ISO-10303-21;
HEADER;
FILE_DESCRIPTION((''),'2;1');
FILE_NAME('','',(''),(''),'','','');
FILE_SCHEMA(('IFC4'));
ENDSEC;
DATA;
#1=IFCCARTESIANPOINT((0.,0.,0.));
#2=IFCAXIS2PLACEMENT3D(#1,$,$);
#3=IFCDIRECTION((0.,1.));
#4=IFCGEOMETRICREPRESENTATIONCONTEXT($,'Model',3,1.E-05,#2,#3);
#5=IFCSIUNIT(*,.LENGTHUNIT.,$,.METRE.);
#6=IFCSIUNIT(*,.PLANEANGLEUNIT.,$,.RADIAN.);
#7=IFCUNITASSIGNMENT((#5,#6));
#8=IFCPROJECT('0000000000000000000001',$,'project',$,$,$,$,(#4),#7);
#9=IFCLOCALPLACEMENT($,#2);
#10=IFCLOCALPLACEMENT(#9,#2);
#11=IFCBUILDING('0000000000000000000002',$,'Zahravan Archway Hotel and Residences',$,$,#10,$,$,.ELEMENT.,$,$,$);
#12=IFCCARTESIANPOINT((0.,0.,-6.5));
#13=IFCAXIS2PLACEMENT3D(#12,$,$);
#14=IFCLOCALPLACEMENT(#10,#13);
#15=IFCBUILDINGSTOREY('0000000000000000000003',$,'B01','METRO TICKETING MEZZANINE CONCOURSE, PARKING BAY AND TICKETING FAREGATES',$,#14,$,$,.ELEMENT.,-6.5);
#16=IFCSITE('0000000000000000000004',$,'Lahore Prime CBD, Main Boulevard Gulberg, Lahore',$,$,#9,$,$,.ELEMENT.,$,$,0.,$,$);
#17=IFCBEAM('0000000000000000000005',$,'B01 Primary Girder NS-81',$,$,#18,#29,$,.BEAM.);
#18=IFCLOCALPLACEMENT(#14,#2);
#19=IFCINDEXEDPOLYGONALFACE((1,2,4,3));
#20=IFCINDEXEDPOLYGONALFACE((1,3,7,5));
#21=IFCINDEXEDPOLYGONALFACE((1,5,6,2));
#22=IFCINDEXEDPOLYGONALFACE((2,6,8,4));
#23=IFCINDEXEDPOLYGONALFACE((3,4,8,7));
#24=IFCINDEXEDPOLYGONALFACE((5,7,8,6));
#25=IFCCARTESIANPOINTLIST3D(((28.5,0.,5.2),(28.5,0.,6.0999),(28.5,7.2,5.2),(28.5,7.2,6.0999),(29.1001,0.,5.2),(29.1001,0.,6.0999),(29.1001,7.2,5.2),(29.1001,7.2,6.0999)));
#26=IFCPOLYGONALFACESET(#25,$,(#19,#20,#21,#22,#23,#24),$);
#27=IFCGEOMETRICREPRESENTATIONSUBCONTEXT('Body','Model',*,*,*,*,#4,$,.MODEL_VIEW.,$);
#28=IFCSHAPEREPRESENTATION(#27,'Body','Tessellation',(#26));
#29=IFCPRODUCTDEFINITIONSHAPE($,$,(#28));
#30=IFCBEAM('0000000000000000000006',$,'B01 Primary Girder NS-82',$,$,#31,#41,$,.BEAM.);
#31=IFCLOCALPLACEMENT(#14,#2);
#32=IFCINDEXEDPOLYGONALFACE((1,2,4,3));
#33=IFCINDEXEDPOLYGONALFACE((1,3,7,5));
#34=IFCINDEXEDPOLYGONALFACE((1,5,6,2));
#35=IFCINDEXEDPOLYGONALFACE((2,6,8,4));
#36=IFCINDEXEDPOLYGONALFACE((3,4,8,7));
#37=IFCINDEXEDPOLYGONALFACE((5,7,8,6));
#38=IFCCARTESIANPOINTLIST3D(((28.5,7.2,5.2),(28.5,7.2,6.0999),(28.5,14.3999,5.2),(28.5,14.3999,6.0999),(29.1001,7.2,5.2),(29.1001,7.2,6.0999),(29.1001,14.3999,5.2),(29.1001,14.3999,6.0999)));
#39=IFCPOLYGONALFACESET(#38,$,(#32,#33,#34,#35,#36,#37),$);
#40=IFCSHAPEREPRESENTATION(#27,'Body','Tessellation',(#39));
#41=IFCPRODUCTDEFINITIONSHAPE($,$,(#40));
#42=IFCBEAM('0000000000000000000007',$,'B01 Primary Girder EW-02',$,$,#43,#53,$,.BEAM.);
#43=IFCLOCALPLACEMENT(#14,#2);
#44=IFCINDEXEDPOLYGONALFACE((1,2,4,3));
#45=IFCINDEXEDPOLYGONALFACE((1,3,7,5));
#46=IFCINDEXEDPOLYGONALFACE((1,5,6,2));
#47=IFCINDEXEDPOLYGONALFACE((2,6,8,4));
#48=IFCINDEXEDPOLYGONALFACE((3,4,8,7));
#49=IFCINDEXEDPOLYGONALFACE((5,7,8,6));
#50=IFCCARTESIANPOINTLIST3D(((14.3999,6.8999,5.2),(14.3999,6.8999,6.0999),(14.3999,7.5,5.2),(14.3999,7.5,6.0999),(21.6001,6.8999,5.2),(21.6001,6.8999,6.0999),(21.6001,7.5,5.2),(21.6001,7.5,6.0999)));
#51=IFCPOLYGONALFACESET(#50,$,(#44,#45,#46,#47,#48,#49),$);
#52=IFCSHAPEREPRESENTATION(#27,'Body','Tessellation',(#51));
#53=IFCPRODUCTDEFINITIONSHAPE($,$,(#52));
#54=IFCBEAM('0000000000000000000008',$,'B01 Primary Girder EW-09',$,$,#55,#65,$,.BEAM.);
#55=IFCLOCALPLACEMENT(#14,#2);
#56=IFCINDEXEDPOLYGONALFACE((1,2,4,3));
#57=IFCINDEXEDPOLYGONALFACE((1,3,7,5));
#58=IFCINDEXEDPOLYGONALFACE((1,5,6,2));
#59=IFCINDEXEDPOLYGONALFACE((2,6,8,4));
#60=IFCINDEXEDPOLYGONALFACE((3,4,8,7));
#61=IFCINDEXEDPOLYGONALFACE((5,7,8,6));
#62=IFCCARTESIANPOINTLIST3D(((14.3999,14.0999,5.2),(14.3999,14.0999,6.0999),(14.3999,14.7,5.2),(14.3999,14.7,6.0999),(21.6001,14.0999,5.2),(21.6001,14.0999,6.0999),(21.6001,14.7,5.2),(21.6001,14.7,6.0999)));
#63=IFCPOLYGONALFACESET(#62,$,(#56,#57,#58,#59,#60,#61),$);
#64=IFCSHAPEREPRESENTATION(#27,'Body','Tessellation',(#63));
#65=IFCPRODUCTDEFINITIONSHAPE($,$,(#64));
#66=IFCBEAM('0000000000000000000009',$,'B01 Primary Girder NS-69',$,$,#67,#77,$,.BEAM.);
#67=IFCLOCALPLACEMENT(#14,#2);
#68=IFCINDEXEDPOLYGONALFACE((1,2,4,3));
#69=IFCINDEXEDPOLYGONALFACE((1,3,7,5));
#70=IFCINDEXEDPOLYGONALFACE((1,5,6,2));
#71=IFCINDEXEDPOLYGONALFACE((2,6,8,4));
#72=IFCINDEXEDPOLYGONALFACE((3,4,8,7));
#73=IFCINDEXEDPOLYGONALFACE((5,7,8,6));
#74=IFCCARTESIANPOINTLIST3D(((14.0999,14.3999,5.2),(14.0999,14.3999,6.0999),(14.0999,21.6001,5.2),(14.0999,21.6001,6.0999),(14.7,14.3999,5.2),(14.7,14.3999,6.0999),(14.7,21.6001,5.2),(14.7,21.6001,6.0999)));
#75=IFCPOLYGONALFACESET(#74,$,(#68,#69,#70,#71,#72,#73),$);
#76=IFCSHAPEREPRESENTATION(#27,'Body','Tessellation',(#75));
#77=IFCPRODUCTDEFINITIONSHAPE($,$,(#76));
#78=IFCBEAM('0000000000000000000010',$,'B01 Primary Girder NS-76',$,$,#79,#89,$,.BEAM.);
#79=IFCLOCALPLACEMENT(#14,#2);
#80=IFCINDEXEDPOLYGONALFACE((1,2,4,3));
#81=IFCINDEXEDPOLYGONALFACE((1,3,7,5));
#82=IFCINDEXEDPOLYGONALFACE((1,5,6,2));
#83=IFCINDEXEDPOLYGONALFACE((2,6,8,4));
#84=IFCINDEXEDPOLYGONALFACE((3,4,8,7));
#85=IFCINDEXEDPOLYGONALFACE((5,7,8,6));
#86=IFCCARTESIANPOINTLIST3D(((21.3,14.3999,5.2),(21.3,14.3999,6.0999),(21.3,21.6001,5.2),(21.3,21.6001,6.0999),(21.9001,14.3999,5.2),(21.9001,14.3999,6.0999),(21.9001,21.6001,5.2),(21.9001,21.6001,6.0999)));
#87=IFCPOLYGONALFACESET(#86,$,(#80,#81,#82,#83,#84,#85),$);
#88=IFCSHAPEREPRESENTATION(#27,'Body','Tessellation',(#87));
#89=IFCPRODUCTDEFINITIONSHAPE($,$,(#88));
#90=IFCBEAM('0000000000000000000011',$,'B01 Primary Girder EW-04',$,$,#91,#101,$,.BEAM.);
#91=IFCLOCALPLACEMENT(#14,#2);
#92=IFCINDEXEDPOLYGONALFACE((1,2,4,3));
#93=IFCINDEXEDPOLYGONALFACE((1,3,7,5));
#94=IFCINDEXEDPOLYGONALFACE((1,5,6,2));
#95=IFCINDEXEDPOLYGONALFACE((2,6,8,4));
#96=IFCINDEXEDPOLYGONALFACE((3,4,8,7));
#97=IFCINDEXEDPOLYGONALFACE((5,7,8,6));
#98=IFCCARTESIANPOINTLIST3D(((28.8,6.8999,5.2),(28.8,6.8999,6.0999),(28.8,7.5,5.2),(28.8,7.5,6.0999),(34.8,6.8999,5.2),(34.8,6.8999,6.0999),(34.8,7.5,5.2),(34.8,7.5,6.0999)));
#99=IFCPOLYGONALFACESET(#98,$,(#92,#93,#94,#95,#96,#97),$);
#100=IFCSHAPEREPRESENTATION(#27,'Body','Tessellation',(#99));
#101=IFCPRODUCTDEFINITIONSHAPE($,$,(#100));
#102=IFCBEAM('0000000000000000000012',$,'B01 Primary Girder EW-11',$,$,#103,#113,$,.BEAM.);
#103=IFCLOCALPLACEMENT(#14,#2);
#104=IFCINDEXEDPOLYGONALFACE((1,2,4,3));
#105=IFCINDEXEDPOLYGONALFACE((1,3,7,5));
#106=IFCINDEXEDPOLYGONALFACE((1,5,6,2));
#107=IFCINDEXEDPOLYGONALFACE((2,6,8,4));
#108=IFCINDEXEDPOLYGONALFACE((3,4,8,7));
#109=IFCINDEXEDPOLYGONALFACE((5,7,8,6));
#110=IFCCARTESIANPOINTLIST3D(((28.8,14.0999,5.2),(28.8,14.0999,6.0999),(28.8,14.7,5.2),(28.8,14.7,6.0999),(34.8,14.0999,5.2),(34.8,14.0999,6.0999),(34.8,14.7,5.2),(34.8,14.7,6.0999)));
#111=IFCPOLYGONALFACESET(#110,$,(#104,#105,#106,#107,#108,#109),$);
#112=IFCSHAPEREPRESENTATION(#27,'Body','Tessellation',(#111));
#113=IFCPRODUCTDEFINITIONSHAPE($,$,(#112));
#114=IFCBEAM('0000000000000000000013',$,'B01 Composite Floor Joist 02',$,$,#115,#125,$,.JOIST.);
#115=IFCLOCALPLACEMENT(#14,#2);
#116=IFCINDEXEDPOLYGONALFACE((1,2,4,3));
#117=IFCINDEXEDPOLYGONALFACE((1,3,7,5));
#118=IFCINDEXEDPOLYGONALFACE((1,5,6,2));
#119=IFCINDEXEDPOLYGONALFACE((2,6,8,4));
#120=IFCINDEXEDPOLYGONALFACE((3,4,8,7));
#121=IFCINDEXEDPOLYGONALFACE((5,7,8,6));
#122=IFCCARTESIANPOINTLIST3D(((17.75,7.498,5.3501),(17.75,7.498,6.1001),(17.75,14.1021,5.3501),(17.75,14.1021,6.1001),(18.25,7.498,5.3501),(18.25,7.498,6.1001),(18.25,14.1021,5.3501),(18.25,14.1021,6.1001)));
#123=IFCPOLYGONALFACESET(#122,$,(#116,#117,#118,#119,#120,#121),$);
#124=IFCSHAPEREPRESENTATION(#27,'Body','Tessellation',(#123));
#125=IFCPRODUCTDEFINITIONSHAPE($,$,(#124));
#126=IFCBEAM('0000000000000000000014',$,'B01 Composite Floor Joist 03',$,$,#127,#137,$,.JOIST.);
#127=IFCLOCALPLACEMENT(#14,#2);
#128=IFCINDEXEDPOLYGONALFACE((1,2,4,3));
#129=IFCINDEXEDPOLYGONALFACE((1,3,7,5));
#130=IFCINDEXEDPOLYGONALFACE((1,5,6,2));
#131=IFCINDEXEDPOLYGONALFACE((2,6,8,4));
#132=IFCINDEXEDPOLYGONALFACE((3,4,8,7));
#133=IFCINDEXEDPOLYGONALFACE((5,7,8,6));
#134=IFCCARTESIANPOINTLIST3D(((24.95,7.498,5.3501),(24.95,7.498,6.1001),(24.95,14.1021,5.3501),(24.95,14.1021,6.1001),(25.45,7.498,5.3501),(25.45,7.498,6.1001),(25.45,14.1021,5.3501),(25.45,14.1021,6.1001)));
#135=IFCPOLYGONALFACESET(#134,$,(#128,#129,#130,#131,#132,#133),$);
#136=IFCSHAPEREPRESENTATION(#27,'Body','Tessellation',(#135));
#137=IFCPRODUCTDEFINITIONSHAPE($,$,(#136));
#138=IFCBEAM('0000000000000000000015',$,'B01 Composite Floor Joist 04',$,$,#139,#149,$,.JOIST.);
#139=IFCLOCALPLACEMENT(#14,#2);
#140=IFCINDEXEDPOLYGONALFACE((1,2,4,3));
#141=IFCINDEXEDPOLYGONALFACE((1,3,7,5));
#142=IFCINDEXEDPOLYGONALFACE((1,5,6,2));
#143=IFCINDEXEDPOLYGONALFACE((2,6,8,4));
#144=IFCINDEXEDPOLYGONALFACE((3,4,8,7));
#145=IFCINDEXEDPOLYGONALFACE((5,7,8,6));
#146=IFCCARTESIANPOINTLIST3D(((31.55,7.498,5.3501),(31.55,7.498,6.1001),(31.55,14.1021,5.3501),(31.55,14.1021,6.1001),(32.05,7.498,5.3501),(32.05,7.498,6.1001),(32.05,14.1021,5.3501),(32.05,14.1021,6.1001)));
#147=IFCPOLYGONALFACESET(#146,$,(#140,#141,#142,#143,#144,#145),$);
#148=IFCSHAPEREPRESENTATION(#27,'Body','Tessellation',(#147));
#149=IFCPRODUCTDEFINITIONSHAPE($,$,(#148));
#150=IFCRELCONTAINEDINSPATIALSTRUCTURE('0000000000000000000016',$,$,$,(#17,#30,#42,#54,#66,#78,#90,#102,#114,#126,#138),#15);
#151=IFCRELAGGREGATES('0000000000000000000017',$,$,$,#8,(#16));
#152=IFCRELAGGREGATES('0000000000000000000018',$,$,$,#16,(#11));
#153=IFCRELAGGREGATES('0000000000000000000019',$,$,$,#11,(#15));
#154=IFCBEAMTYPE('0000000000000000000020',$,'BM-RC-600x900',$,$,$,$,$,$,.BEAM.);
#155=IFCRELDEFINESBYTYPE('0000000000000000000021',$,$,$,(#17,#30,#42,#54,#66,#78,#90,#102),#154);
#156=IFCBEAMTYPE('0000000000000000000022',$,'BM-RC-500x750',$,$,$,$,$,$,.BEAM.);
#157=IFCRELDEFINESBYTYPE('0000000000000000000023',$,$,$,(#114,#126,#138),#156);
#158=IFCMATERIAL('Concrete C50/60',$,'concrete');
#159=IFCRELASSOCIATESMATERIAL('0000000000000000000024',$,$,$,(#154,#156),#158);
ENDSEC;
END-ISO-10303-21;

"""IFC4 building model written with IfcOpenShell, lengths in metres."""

from ifc_helpers import new_model, si_unit, direction, frame, origin, origin_2d, place, context, subcontext, project, spatial, rectangle, extrude, source, transform, mapped, material, material_profile, profile_set, type_object, type_shapes, element, save


model = new_model("IFC4")

# Units and contexts
model_context = context("Model", 3, precision=1e-05, world=origin(), true_north=direction((0.0, 1.0)))
body_context = subcontext(model_context, "Body", "Model", "MODEL_VIEW")
ifc_project = project(units=[si_unit("LENGTHUNIT", "METRE"), si_unit("PLANEANGLEUNIT", "RADIAN")], contexts=[model_context])

# Site, building, storey
site_placement = place(None, origin())
site = spatial("IfcSite", under=ifc_project, at=site_placement, Name="Lahore Prime CBD, Main Boulevard Gulberg, Lahore", CompositionType="ELEMENT", RefElevation=0.0)
building_placement = place(site_placement, origin())
building = spatial("IfcBuilding", under=site, at=building_placement, Name="Zahravan Archway Hotel and Residences", CompositionType="ELEMENT")
storey_placement = place(building_placement, frame((0.0, 0.0, -6.5)))
storey = spatial("IfcBuildingStorey", under=building, at=storey_placement, Name="B01", Description="METRO TICKETING MEZZANINE CONCOURSE, PARKING BAY AND TICKETING FAREGATES", CompositionType="ELEMENT", Elevation=-6.5)

# Shared definitions
ifc_material_1 = material(Name="Concrete C50/60", Category="concrete")

# Beams
ifc_material_profile_1 = material_profile(ifc_material_1, rectangle(XDim=0.6001, YDim=0.8999, at=origin_2d()), Name="RC-BM-600x900", Category="concrete")
ifc_profile_set_1 = profile_set([ifc_material_profile_1], Name="Concrete C50/60")
beam_type_1 = type_object("IfcBeamType", Name="BM-RC-600x900", PredefinedType="BEAM", material=ifc_profile_set_1)
shared_shape_1 = source(origin(), body_context, "Body", "SweptSolid", [
    extrude(rectangle(XDim=0.6001, YDim=0.8999, at=origin_2d()), origin(), (0.0, 0.0, 1.0), 7.2),
])
for number, where, z_axis, x_axis, name in (
    (1, (28.8, 0.0, 5.6499), (0.0, 1.0, 0.0), (-1.0, 0.0, 0.0), "B01 Primary Girder NS-81"),
    (2, (28.8, 7.2, 5.6499), (0.0, 1.0, 0.0), (-1.0, 0.0, 0.0), "B01 Primary Girder NS-82"),
):
    element("IfcBeam", number, at=place(storey_placement, frame(where, z_axis=z_axis, x_axis=x_axis)), inside=storey, type_object=beam_type_1, Name=name, PredefinedType="BEAM", context=body_context, shape_type="MappedRepresentation", body=[
        mapped(shared_shape_1, transform((0.0, 0.0, 0.0), scale=1.0)),
    ])
shared_shape_2 = source(origin(), body_context, "Body", "SweptSolid", [
    extrude(rectangle(XDim=0.6001, YDim=0.8999, at=origin_2d()), origin(), (0.0, 0.0, 1.0), 7.2002),
])
for number, where, z_axis, x_axis, name in (
    (3, (14.3999, 7.2, 5.6499), (1.0, 0.0, 0.0), (0.0, 1.0, 0.0), "B01 Primary Girder EW-02"),
    (4, (14.3999, 14.3999, 5.6499), (1.0, 0.0, 0.0), (0.0, 1.0, 0.0), "B01 Primary Girder EW-09"),
    (5, (14.3999, 14.3999, 5.6499), (0.0, 1.0, 0.0), (-1.0, 0.0, 0.0), "B01 Primary Girder NS-69"),
    (6, (21.6001, 14.3999, 5.6499), (0.0, 1.0, 0.0), (-1.0, 0.0, 0.0), "B01 Primary Girder NS-76"),
):
    element("IfcBeam", number, at=place(storey_placement, frame(where, z_axis=z_axis, x_axis=x_axis)), inside=storey, type_object=beam_type_1, Name=name, PredefinedType="BEAM", context=body_context, shape_type="MappedRepresentation", body=[
        mapped(shared_shape_2, transform((0.0, 0.0, 0.0), scale=1.0)),
    ])
shared_shape_3 = source(origin(), body_context, "Body", "SweptSolid", [
    extrude(rectangle(XDim=0.6001, YDim=0.8999, at=origin_2d()), origin(), (0.0, 0.0, 1.0), 6.0),
])
for number, where, z_axis, x_axis, name in (
    (7, (28.8, 7.2, 5.6499), (1.0, 0.0, 0.0), (0.0, 1.0, 0.0), "B01 Primary Girder EW-04"),
    (8, (28.8, 14.3999, 5.6499), (1.0, 0.0, 0.0), (0.0, 1.0, 0.0), "B01 Primary Girder EW-11"),
):
    element("IfcBeam", number, at=place(storey_placement, frame(where, z_axis=z_axis, x_axis=x_axis)), inside=storey, type_object=beam_type_1, Name=name, PredefinedType="BEAM", context=body_context, shape_type="MappedRepresentation", body=[
        mapped(shared_shape_3, transform((0.0, 0.0, 0.0), scale=1.0)),
    ])
ifc_material_profile_2 = material_profile(ifc_material_1, rectangle(XDim=0.5, YDim=0.75, at=origin_2d()), Name="RC-BM-500x750", Category="concrete")
ifc_profile_set_2 = profile_set([ifc_material_profile_2], Name="Concrete C50/60")
beam_type_2 = type_object("IfcBeamType", Name="BM-RC-500x750", PredefinedType="BEAM", material=ifc_profile_set_2)
shared_shape_4 = source(origin(), body_context, "Body", "SweptSolid", [
    extrude(rectangle(XDim=0.5, YDim=0.75, at=origin_2d()), origin(), (0.0, 0.0, 1.0), 6.604),
])
type_shapes(beam_type_2, [shared_shape_4])
for number, where, z_axis, x_axis, name in (
    (9, (18.0, 7.498, 5.7251), (0.0, 1.0, 0.0), (-1.0, 0.0, 0.0), "B01 Composite Floor Joist 02"),
    (10, (25.2, 7.498, 5.7251), (0.0, 1.0, 0.0), (-1.0, 0.0, 0.0), "B01 Composite Floor Joist 03"),
    (11, (31.8, 7.498, 5.7251), (0.0, 1.0, 0.0), (-1.0, 0.0, 0.0), "B01 Composite Floor Joist 04"),
):
    element("IfcBeam", number, at=place(storey_placement, frame(where, z_axis=z_axis, x_axis=x_axis)), inside=storey, type_object=beam_type_2, Name=name, PredefinedType="JOIST", context=body_context, shape_type="MappedRepresentation", body=[
        mapped(shared_shape_4, transform((0.0, 0.0, 0.0), scale=1.0)),
    ])

save(model, "model.ifc")
